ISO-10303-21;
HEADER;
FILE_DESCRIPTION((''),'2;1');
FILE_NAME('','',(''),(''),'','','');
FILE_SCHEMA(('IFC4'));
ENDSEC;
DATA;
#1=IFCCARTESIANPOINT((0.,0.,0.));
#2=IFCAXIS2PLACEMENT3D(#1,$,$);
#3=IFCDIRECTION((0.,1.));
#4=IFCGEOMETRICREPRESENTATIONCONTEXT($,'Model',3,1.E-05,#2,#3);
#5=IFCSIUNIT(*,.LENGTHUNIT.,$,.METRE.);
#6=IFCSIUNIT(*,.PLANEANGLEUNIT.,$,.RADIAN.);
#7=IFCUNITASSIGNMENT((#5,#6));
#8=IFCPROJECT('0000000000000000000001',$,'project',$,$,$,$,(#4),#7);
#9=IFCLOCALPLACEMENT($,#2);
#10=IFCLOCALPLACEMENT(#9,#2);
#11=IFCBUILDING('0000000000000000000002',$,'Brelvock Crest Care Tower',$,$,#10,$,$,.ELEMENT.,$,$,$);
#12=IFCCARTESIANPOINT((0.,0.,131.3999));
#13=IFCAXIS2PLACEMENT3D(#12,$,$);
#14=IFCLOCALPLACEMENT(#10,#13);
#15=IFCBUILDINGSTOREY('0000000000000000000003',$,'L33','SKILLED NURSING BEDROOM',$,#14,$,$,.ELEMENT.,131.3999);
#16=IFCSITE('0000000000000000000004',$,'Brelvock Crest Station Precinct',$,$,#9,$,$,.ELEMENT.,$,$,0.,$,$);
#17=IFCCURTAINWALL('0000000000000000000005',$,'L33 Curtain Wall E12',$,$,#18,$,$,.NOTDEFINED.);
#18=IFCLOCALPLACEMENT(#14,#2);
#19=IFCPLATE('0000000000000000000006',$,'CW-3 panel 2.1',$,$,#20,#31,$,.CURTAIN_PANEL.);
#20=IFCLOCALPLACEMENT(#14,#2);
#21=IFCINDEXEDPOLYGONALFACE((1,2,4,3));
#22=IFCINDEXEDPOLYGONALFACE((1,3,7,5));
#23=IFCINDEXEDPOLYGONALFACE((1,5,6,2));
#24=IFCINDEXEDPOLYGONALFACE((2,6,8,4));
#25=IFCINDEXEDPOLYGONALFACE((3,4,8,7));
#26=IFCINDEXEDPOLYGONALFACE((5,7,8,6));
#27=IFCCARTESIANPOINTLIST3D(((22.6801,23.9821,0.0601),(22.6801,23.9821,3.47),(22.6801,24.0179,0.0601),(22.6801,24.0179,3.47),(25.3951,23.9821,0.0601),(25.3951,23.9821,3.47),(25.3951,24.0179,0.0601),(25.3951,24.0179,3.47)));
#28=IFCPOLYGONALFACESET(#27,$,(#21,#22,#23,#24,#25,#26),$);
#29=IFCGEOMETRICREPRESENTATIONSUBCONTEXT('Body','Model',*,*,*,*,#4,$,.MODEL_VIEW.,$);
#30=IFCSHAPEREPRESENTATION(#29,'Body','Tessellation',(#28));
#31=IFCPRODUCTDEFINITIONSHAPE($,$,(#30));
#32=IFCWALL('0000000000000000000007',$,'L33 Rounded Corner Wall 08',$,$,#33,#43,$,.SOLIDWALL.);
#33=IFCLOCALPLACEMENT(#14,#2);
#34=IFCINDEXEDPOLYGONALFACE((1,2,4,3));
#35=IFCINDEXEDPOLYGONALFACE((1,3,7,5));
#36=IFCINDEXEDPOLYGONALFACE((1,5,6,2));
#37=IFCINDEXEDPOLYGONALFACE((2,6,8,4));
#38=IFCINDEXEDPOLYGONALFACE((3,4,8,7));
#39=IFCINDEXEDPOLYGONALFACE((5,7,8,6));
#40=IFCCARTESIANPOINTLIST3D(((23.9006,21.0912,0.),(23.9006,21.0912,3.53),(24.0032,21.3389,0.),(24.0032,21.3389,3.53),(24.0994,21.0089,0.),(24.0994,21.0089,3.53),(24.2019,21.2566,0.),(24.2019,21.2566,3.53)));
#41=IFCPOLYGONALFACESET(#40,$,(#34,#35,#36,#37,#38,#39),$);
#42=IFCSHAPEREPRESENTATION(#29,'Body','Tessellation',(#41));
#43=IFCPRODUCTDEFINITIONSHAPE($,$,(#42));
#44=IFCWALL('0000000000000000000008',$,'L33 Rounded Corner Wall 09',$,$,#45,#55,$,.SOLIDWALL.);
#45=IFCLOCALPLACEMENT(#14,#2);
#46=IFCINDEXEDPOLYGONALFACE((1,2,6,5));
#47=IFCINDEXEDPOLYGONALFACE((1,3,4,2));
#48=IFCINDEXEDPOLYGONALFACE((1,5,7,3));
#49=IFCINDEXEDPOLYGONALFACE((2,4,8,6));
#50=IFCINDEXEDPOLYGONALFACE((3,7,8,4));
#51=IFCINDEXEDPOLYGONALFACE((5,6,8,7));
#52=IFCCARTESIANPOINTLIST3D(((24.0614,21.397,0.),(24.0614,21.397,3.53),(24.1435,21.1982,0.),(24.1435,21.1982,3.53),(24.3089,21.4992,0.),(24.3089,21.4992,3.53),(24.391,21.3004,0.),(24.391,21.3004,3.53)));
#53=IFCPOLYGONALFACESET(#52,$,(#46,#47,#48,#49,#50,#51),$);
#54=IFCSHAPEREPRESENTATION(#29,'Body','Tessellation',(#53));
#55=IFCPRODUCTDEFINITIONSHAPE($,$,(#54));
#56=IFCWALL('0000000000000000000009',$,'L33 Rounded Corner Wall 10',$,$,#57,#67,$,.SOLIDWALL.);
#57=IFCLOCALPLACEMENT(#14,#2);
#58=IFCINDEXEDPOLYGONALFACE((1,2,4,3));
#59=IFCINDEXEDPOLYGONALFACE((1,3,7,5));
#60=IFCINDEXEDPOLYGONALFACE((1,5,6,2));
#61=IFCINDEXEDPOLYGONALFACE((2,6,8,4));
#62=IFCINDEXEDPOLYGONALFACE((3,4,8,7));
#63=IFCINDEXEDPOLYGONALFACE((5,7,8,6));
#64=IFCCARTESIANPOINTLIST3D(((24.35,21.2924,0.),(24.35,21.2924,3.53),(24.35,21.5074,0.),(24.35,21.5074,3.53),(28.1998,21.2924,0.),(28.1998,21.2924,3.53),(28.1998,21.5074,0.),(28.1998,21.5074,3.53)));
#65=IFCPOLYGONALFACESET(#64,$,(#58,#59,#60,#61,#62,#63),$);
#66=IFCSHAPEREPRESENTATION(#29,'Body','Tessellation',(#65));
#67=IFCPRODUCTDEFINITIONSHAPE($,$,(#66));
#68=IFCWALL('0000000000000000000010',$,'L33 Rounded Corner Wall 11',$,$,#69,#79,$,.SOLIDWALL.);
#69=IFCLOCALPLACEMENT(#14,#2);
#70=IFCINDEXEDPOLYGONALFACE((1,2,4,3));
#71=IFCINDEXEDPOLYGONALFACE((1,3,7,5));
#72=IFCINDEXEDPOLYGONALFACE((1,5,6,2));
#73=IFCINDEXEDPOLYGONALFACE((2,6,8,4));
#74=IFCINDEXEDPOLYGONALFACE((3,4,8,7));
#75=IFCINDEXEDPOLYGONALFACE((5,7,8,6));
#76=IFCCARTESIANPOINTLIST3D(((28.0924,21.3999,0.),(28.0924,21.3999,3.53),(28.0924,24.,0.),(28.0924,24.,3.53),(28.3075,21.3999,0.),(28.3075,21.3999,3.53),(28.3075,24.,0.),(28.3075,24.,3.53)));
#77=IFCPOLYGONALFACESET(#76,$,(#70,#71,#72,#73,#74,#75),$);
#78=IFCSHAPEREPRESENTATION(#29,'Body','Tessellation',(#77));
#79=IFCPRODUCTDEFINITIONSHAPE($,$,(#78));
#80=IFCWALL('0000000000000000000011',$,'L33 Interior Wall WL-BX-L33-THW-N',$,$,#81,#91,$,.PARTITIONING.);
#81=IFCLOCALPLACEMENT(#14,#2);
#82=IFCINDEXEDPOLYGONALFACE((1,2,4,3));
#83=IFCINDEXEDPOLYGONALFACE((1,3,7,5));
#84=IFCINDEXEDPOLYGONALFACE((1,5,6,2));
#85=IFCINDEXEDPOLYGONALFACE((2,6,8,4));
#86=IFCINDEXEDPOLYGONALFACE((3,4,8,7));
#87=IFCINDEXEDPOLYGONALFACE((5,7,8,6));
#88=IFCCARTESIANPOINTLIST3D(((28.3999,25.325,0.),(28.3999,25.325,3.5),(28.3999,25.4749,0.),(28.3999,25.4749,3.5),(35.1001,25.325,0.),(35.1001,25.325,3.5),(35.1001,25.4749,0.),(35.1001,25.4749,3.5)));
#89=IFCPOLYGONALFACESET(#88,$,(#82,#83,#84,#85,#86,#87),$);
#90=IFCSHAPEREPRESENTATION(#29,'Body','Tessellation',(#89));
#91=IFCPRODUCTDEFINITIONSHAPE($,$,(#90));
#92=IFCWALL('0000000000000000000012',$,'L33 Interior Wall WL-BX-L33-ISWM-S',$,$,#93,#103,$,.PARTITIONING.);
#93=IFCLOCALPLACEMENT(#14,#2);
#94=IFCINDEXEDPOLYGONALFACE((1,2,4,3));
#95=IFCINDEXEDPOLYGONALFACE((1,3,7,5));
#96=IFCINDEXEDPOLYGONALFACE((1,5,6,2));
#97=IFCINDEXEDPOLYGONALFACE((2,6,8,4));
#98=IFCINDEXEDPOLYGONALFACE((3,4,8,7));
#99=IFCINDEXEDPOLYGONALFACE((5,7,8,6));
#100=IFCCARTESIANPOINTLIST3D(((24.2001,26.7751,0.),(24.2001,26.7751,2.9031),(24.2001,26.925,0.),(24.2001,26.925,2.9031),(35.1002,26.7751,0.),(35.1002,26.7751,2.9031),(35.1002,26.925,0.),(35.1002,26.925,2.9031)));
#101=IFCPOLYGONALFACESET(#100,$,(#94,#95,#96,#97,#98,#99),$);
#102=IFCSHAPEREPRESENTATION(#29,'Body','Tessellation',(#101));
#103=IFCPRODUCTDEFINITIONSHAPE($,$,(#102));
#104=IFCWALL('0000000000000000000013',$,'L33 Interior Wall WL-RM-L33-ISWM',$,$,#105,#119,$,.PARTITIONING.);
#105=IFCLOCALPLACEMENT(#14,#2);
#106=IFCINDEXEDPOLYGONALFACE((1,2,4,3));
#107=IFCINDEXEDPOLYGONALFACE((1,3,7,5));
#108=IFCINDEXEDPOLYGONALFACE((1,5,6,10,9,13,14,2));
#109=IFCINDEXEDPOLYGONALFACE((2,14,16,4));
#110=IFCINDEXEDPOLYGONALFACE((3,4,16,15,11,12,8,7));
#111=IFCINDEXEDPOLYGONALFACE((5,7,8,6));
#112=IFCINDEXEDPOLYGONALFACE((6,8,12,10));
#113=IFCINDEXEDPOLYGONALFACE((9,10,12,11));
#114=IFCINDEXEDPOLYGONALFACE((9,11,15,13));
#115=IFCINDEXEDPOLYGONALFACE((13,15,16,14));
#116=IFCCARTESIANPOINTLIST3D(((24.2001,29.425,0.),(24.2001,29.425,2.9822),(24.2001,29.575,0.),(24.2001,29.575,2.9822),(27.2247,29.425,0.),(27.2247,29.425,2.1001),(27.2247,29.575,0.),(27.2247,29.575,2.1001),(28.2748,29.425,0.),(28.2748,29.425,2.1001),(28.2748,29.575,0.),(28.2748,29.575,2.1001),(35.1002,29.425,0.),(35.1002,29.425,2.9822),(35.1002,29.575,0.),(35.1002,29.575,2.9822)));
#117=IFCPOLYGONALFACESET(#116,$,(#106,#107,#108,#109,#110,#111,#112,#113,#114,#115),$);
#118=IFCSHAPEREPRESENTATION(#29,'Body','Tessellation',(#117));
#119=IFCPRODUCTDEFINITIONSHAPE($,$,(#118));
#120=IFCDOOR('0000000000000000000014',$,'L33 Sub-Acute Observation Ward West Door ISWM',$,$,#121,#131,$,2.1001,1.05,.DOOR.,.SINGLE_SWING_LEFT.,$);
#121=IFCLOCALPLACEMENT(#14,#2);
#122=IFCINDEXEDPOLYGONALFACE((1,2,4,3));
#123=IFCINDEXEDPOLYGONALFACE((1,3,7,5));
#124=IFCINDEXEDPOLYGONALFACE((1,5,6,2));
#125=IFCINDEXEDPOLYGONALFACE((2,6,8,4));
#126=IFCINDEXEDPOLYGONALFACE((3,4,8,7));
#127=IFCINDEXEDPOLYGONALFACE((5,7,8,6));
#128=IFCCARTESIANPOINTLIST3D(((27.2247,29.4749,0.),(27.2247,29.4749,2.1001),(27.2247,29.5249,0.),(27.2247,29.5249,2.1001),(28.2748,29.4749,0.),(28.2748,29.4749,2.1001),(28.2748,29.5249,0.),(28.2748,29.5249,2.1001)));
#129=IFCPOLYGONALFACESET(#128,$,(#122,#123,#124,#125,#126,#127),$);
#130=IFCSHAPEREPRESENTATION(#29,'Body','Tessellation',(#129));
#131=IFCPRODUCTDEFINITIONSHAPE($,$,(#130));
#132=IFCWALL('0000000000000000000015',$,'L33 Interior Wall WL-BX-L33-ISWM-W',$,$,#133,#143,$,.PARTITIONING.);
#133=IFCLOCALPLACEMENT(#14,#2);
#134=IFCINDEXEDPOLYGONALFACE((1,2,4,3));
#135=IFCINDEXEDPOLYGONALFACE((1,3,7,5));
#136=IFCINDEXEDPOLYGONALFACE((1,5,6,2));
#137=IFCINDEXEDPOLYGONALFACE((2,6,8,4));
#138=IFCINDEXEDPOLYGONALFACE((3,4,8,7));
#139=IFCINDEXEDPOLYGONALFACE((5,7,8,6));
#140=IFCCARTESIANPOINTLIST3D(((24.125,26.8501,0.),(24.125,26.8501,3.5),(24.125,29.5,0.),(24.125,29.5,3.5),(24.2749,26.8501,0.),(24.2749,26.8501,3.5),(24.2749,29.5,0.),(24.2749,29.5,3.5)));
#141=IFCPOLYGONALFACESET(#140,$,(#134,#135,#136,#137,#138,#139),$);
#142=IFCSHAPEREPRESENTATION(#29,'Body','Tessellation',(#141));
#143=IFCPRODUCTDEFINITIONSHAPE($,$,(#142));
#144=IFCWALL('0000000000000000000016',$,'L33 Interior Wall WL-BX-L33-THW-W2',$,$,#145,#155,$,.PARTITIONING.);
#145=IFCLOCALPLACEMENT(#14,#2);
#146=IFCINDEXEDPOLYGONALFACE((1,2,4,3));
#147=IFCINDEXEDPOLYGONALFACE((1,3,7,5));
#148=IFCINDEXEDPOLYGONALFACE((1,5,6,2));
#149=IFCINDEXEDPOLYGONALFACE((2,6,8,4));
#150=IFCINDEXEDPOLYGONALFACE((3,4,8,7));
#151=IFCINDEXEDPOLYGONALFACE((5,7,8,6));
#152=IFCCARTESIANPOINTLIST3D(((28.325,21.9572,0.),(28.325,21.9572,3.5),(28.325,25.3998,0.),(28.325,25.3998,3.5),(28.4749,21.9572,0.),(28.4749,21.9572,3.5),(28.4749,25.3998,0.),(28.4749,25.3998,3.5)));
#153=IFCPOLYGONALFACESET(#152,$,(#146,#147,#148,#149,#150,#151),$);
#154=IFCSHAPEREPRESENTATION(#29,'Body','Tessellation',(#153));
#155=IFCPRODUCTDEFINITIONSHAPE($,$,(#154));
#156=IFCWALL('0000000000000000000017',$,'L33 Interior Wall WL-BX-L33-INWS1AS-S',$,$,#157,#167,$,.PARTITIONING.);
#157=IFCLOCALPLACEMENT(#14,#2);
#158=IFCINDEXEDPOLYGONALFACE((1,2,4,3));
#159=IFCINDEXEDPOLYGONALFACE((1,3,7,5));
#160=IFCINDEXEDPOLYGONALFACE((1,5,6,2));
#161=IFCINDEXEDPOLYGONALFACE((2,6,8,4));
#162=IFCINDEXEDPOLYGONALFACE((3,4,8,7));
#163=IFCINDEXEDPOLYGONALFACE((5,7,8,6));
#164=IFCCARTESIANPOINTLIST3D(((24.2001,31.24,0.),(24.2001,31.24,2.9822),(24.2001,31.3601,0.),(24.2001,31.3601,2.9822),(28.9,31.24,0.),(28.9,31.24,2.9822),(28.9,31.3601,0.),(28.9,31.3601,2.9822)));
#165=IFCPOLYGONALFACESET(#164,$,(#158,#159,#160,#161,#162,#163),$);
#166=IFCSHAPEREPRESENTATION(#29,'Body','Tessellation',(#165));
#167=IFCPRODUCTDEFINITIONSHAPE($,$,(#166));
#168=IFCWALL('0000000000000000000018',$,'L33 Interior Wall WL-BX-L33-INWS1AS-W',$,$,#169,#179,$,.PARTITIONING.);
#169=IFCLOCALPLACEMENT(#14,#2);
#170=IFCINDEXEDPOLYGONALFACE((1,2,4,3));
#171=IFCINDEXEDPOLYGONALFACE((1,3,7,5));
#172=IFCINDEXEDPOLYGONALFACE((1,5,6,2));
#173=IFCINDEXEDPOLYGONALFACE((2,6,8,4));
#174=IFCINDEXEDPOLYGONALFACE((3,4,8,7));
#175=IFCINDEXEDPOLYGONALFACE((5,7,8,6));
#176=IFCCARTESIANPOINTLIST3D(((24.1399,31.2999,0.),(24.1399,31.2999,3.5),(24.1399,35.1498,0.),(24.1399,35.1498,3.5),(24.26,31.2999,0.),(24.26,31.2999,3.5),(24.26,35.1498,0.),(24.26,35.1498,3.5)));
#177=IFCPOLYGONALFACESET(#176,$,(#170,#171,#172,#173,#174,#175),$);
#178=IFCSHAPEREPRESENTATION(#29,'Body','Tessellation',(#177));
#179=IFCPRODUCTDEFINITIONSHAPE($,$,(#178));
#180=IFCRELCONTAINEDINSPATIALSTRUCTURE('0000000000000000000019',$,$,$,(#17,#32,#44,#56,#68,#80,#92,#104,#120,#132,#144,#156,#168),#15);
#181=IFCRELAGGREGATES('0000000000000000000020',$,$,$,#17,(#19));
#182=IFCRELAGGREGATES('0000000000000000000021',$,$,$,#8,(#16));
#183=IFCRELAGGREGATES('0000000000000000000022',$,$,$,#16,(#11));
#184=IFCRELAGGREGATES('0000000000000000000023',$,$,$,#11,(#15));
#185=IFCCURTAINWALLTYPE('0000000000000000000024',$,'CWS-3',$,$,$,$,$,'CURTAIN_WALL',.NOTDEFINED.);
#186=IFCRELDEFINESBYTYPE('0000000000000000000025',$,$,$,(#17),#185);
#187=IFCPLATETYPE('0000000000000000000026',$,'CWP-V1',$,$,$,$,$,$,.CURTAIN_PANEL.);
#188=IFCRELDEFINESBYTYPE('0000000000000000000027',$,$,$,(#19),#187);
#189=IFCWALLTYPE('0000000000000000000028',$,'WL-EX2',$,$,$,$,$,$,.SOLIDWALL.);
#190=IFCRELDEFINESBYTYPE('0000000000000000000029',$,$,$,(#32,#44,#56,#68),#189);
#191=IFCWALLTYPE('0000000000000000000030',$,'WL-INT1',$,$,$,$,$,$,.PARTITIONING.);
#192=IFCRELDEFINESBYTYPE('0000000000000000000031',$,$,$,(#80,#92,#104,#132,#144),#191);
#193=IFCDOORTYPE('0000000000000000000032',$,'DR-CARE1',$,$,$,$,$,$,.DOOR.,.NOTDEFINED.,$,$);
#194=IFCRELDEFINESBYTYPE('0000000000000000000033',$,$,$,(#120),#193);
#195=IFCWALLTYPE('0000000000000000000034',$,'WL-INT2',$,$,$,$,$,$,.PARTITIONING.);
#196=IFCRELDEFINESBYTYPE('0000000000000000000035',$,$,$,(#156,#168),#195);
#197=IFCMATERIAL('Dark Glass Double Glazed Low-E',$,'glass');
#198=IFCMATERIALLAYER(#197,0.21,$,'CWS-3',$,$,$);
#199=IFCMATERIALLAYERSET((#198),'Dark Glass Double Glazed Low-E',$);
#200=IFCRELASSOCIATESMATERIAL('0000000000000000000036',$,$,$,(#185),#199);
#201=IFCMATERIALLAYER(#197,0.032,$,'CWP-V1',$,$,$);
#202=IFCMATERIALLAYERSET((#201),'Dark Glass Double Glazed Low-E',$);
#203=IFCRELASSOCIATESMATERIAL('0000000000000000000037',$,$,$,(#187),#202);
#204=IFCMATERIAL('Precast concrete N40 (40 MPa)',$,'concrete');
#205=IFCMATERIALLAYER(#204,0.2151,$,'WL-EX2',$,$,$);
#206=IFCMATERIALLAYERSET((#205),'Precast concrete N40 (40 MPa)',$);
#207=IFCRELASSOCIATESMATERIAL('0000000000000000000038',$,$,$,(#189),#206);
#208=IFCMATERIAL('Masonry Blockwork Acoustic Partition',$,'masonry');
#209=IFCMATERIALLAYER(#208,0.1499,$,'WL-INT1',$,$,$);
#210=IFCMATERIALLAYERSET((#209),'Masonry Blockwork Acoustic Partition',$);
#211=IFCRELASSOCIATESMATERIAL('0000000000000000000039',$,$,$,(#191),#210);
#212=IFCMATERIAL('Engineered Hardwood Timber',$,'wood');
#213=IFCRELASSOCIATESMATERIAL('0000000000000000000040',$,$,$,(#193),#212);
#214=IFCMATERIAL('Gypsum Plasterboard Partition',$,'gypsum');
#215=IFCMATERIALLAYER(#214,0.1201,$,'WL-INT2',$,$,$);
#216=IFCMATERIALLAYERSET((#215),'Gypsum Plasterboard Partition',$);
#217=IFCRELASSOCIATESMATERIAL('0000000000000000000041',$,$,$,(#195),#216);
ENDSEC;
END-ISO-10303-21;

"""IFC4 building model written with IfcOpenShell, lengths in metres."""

from ifc_helpers import new_model, si_unit, direction, frame, frame_2d, origin, origin_2d, place, context, subcontext, project, spatial, rectangle, extrude, source, transform, mapped, material, layer, layer_set, type_object, element, fill, aggregate, save


model = new_model("IFC4")

# Units and contexts
model_context = context("Model", 3, precision=1e-05, world=origin(), true_north=direction((0.0, 1.0)))
body_context = subcontext(model_context, "Body", "Model", "MODEL_VIEW")
ifc_project = project(units=[si_unit("LENGTHUNIT", "METRE"), si_unit("PLANEANGLEUNIT", "RADIAN")], contexts=[model_context])

# Site, building, storey
site_placement = place(None, origin())
site = spatial("IfcSite", under=ifc_project, at=site_placement, Name="Brelvock Crest Station Precinct", CompositionType="ELEMENT", RefElevation=0.0)
building_placement = place(site_placement, origin())
building = spatial("IfcBuilding", under=site, at=building_placement, Name="Brelvock Crest Care Tower", CompositionType="ELEMENT")
storey_placement = place(building_placement, frame((0.0, 0.0, 131.3999)))
storey = spatial("IfcBuildingStorey", under=building, at=storey_placement, Name="L33", Description="SKILLED NURSING BEDROOM", CompositionType="ELEMENT", Elevation=131.3999)

# Curtain wall, plate
ifc_material_1 = material(Name="Dark Glass Double Glazed Low-E", Category="glass")
ifc_layer_1 = layer(ifc_material_1, 0.21, Name="CWS-3")
ifc_layer_set_1 = layer_set([ifc_layer_1], Name="Dark Glass Double Glazed Low-E")
curtain_wall_type = type_object("IfcCurtainWallType", Name="CWS-3", ElementType="CURTAIN_WALL", PredefinedType="NOTDEFINED", material=ifc_layer_set_1)
curtain_wall_placement = place(storey_placement, origin())
curtain_wall = element("IfcCurtainWall", 1, at=curtain_wall_placement, inside=storey, type_object=curtain_wall_type, Name="L33 Curtain Wall E12", PredefinedType="NOTDEFINED")
ifc_layer_2 = layer(ifc_material_1, 0.032, Name="CWP-V1")
ifc_layer_set_2 = layer_set([ifc_layer_2], Name="Dark Glass Double Glazed Low-E")
plate_type = type_object("IfcPlateType", Name="CWP-V1", PredefinedType="CURTAIN_PANEL", material=ifc_layer_set_2)
shared_shape_1 = source(origin(), body_context, "Body", "SweptSolid", [
    extrude(rectangle(XDim=2.7151, YDim=0.0359, at=origin_2d()), origin(), (0.0, 0.0, 1.0), 3.4099),
])
plate_1_placement = place(storey_placement, frame((24.0376, 24.0, 0.0601), z_axis=(0.0, 0.0, 1.0), x_axis=(-1.0, 0.0, 0.0)))
plate_1 = element("IfcPlate", 2, at=plate_1_placement, type_object=plate_type, Name="CW-3 panel 2.1", PredefinedType="CURTAIN_PANEL", context=body_context, shape_type="MappedRepresentation", body=[
    mapped(shared_shape_1, transform((0.0, 0.0, 0.0), x_axis=(1.0, 0.0, 0.0), y_axis=(0.0, 1.0, 0.0), z_axis=(0.0, 0.0, 1.0), scale=1.0)),
])
aggregate(curtain_wall, [plate_1])

# Walls
ifc_material_2 = material(Name="Precast concrete N40 (40 MPa)", Category="concrete")
ifc_layer_3 = layer(ifc_material_2, 0.2151, Name="WL-EX2")
ifc_layer_set_3 = layer_set([ifc_layer_3], Name="Precast concrete N40 (40 MPa)")
wall_type_1 = type_object("IfcWallType", Name="WL-EX2", PredefinedType="SOLIDWALL", material=ifc_layer_set_3)
wall_1_placement = place(storey_placement, frame((24.0, 21.05, 0.0), z_axis=(0.0, 0.0, 1.0), x_axis=(0.382674, 0.923884, 0.0)))
element("IfcWall", 3, at=wall_1_placement, inside=storey, type_object=wall_type_1, Name="L33 Rounded Corner Wall 08", PredefinedType="SOLIDWALL", context=body_context, shape_type="SweptSolid", body=[
    extrude(rectangle(XDim=0.2681, YDim=0.2151, at=frame_2d((0.134, 0.0))), origin(), (0.0, 0.0, 1.0), 3.53),
])
wall_2_placement = place(storey_placement, frame((24.1025, 21.2976, 0.0), z_axis=(0.0, 0.0, 1.0), x_axis=(0.924205, 0.381896, 0.0)))
element("IfcWall", 4, at=wall_2_placement, inside=storey, type_object=wall_type_1, Name="L33 Rounded Corner Wall 09", PredefinedType="SOLIDWALL", context=body_context, shape_type="SweptSolid", body=[
    extrude(rectangle(XDim=0.2678, YDim=0.2151, at=frame_2d((0.1338, 0.0))), origin(), (0.0, 0.0, 1.0), 3.53),
])
wall_3_placement = place(storey_placement, frame((24.3501, 21.3999, 0.0), z_axis=(0.0, 0.0, 1.0), x_axis=(1.0, 0.0, 0.0)))
element("IfcWall", 5, at=wall_3_placement, inside=storey, type_object=wall_type_1, Name="L33 Rounded Corner Wall 10", PredefinedType="SOLIDWALL", context=body_context, shape_type="SweptSolid", body=[
    extrude(rectangle(XDim=3.8499, YDim=0.2151, at=frame_2d((1.9248, 0.0))), origin(), (0.0, 0.0, 1.0), 3.53),
])
wall_4_placement = place(storey_placement, frame((28.2, 21.3999, 0.0), z_axis=(0.0, 0.0, 1.0), x_axis=(0.0, 1.0, 0.0)))
element("IfcWall", 6, at=wall_4_placement, inside=storey, type_object=wall_type_1, Name="L33 Rounded Corner Wall 11", PredefinedType="SOLIDWALL", context=body_context, shape_type="SweptSolid", body=[
    extrude(rectangle(XDim=2.6001, YDim=0.2151, at=frame_2d((1.3, 0.0))), origin(), (0.0, 0.0, 1.0), 3.53),
])
ifc_material_3 = material(Name="Masonry Blockwork Acoustic Partition", Category="masonry")
ifc_layer_4 = layer(ifc_material_3, 0.1499, Name="WL-INT1")
ifc_layer_set_4 = layer_set([ifc_layer_4], Name="Masonry Blockwork Acoustic Partition")
wall_type_2 = type_object("IfcWallType", Name="WL-INT1", PredefinedType="PARTITIONING", material=ifc_layer_set_4)
wall_5_placement = place(storey_placement, frame((28.3999, 25.3999, 0.0), z_axis=(0.0, 0.0, 1.0), x_axis=(1.0, 0.0, 0.0)))
element("IfcWall", 7, at=wall_5_placement, inside=storey, type_object=wall_type_2, Name="L33 Interior Wall WL-BX-L33-THW-N", PredefinedType="PARTITIONING", context=body_context, shape_type="SweptSolid", body=[
    extrude(rectangle(XDim=6.7002, YDim=0.1499, at=frame_2d((3.3501, 0.0))), origin(), (0.0, 0.0, 1.0), 3.5),
])
wall_6_placement = place(storey_placement, frame((24.2, 26.8501, 0.0), z_axis=(0.0, 0.0, 1.0), x_axis=(1.0, 0.0, 0.0)))
element("IfcWall", 8, at=wall_6_placement, inside=storey, type_object=wall_type_2, Name="L33 Interior Wall WL-BX-L33-ISWM-S", PredefinedType="PARTITIONING", context=body_context, shape_type="SweptSolid", body=[
    extrude(rectangle(XDim=10.9001, YDim=0.1499, at=frame_2d((5.4502, 0.0))), origin(), (0.0, 0.0, 1.0), 2.9031),
])

# Wall, opening, door
wall_7_placement = place(storey_placement, frame((24.2, 29.5, 0.0), z_axis=(0.0, 0.0, 1.0), x_axis=(1.0, 0.0, 0.0)))
wall_7 = element("IfcWall", 9, at=wall_7_placement, inside=storey, type_object=wall_type_2, Name="L33 Interior Wall WL-RM-L33-ISWM", PredefinedType="PARTITIONING", context=body_context, shape_type="SweptSolid", body=[
    extrude(rectangle(XDim=10.9001, YDim=0.1499, at=frame_2d((5.4502, 0.0))), origin(), (0.0, 0.0, 1.0), 2.9822),
])
opening_placement = place(wall_7_placement, frame((3.0249, 0.0, 0.0)))
opening = element("IfcOpeningElement", 10, at=opening_placement, cuts=wall_7, PredefinedType="OPENING", context=body_context, shape_type="SweptSolid", body=[
    extrude(rectangle(XDim=1.05, YDim=2.1001, at=origin_2d()), frame((0.5249, 0.085, 1.05), z_axis=(0.0, -1.0, 0.0), x_axis=(1.0, 0.0, 0.0)), (0.0, 0.0, 1.0), 0.1699),
])
ifc_material_4 = material(Name="Engineered Hardwood Timber", Category="wood")
door_type = type_object("IfcDoorType", Name="DR-CARE1", OperationType="NOTDEFINED", PredefinedType="DOOR", material=ifc_material_4)
shared_shape_2 = source(origin(), body_context, "Body", "SweptSolid", [
    extrude(rectangle(XDim=1.05, YDim=2.1001, at=origin_2d()), frame((0.5249, 0.0249, 1.05), z_axis=(0.0, -1.0, 0.0), x_axis=(1.0, 0.0, 0.0)), (0.0, 0.0, 1.0), 0.05),
])
door_placement = place(opening_placement, origin())
door = element("IfcDoor", 11, at=door_placement, inside=storey, type_object=door_type, Name="L33 Sub-Acute Observation Ward West Door ISWM", OperationType="SINGLE_SWING_LEFT", OverallHeight=2.1001, OverallWidth=1.05, PredefinedType="DOOR", context=body_context, shape_type="MappedRepresentation", body=[
    mapped(shared_shape_2, transform((0.0, 0.0, 0.0), x_axis=(1.0, 0.0, 0.0), y_axis=(0.0, 1.0, 0.0), z_axis=(0.0, 0.0, 1.0), scale=1.0)),
])
fill(opening, door)

# Walls
wall_8_placement = place(storey_placement, frame((24.2, 26.8501, 0.0), z_axis=(0.0, 0.0, 1.0), x_axis=(0.0, 1.0, 0.0)))
element("IfcWall", 12, at=wall_8_placement, inside=storey, type_object=wall_type_2, Name="L33 Interior Wall WL-BX-L33-ISWM-W", PredefinedType="PARTITIONING", context=body_context, shape_type="SweptSolid", body=[
    extrude(rectangle(XDim=2.6499, YDim=0.1499, at=frame_2d((1.325, 0.0))), origin(), (0.0, 0.0, 1.0), 3.5),
])
wall_9_placement = place(storey_placement, frame((28.3999, 21.9573, 0.0), z_axis=(0.0, 0.0, 1.0), x_axis=(0.0, 1.0, 0.0)))
element("IfcWall", 13, at=wall_9_placement, inside=storey, type_object=wall_type_2, Name="L33 Interior Wall WL-BX-L33-THW-W2", PredefinedType="PARTITIONING", context=body_context, shape_type="SweptSolid", body=[
    extrude(rectangle(XDim=3.4426, YDim=0.1499, at=frame_2d((1.7212, 0.0))), origin(), (0.0, 0.0, 1.0), 3.5),
])
ifc_material_5 = material(Name="Gypsum Plasterboard Partition", Category="gypsum")
ifc_layer_5 = layer(ifc_material_5, 0.1201, Name="WL-INT2")
ifc_layer_set_5 = layer_set([ifc_layer_5], Name="Gypsum Plasterboard Partition")
wall_type_3 = type_object("IfcWallType", Name="WL-INT2", PredefinedType="PARTITIONING", material=ifc_layer_set_5)
wall_10_placement = place(storey_placement, frame((24.2, 31.3, 0.0), z_axis=(0.0, 0.0, 1.0), x_axis=(1.0, 0.0, 0.0)))
element("IfcWall", 14, at=wall_10_placement, inside=storey, type_object=wall_type_3, Name="L33 Interior Wall WL-BX-L33-INWS1AS-S", PredefinedType="PARTITIONING", context=body_context, shape_type="SweptSolid", body=[
    extrude(rectangle(XDim=4.7, YDim=0.1201, at=frame_2d((2.3501, 0.0))), origin(), (0.0, 0.0, 1.0), 2.9822),
])
wall_11_placement = place(storey_placement, frame((24.2, 31.3, 0.0), z_axis=(0.0, 0.0, 1.0), x_axis=(0.0, 1.0, 0.0)))
element("IfcWall", 15, at=wall_11_placement, inside=storey, type_object=wall_type_3, Name="L33 Interior Wall WL-BX-L33-INWS1AS-W", PredefinedType="PARTITIONING", context=body_context, shape_type="SweptSolid", body=[
    extrude(rectangle(XDim=3.8499, YDim=0.1201, at=frame_2d((1.9248, 0.0))), origin(), (0.0, 0.0, 1.0), 3.5),
])

save(model, "model.ifc")
